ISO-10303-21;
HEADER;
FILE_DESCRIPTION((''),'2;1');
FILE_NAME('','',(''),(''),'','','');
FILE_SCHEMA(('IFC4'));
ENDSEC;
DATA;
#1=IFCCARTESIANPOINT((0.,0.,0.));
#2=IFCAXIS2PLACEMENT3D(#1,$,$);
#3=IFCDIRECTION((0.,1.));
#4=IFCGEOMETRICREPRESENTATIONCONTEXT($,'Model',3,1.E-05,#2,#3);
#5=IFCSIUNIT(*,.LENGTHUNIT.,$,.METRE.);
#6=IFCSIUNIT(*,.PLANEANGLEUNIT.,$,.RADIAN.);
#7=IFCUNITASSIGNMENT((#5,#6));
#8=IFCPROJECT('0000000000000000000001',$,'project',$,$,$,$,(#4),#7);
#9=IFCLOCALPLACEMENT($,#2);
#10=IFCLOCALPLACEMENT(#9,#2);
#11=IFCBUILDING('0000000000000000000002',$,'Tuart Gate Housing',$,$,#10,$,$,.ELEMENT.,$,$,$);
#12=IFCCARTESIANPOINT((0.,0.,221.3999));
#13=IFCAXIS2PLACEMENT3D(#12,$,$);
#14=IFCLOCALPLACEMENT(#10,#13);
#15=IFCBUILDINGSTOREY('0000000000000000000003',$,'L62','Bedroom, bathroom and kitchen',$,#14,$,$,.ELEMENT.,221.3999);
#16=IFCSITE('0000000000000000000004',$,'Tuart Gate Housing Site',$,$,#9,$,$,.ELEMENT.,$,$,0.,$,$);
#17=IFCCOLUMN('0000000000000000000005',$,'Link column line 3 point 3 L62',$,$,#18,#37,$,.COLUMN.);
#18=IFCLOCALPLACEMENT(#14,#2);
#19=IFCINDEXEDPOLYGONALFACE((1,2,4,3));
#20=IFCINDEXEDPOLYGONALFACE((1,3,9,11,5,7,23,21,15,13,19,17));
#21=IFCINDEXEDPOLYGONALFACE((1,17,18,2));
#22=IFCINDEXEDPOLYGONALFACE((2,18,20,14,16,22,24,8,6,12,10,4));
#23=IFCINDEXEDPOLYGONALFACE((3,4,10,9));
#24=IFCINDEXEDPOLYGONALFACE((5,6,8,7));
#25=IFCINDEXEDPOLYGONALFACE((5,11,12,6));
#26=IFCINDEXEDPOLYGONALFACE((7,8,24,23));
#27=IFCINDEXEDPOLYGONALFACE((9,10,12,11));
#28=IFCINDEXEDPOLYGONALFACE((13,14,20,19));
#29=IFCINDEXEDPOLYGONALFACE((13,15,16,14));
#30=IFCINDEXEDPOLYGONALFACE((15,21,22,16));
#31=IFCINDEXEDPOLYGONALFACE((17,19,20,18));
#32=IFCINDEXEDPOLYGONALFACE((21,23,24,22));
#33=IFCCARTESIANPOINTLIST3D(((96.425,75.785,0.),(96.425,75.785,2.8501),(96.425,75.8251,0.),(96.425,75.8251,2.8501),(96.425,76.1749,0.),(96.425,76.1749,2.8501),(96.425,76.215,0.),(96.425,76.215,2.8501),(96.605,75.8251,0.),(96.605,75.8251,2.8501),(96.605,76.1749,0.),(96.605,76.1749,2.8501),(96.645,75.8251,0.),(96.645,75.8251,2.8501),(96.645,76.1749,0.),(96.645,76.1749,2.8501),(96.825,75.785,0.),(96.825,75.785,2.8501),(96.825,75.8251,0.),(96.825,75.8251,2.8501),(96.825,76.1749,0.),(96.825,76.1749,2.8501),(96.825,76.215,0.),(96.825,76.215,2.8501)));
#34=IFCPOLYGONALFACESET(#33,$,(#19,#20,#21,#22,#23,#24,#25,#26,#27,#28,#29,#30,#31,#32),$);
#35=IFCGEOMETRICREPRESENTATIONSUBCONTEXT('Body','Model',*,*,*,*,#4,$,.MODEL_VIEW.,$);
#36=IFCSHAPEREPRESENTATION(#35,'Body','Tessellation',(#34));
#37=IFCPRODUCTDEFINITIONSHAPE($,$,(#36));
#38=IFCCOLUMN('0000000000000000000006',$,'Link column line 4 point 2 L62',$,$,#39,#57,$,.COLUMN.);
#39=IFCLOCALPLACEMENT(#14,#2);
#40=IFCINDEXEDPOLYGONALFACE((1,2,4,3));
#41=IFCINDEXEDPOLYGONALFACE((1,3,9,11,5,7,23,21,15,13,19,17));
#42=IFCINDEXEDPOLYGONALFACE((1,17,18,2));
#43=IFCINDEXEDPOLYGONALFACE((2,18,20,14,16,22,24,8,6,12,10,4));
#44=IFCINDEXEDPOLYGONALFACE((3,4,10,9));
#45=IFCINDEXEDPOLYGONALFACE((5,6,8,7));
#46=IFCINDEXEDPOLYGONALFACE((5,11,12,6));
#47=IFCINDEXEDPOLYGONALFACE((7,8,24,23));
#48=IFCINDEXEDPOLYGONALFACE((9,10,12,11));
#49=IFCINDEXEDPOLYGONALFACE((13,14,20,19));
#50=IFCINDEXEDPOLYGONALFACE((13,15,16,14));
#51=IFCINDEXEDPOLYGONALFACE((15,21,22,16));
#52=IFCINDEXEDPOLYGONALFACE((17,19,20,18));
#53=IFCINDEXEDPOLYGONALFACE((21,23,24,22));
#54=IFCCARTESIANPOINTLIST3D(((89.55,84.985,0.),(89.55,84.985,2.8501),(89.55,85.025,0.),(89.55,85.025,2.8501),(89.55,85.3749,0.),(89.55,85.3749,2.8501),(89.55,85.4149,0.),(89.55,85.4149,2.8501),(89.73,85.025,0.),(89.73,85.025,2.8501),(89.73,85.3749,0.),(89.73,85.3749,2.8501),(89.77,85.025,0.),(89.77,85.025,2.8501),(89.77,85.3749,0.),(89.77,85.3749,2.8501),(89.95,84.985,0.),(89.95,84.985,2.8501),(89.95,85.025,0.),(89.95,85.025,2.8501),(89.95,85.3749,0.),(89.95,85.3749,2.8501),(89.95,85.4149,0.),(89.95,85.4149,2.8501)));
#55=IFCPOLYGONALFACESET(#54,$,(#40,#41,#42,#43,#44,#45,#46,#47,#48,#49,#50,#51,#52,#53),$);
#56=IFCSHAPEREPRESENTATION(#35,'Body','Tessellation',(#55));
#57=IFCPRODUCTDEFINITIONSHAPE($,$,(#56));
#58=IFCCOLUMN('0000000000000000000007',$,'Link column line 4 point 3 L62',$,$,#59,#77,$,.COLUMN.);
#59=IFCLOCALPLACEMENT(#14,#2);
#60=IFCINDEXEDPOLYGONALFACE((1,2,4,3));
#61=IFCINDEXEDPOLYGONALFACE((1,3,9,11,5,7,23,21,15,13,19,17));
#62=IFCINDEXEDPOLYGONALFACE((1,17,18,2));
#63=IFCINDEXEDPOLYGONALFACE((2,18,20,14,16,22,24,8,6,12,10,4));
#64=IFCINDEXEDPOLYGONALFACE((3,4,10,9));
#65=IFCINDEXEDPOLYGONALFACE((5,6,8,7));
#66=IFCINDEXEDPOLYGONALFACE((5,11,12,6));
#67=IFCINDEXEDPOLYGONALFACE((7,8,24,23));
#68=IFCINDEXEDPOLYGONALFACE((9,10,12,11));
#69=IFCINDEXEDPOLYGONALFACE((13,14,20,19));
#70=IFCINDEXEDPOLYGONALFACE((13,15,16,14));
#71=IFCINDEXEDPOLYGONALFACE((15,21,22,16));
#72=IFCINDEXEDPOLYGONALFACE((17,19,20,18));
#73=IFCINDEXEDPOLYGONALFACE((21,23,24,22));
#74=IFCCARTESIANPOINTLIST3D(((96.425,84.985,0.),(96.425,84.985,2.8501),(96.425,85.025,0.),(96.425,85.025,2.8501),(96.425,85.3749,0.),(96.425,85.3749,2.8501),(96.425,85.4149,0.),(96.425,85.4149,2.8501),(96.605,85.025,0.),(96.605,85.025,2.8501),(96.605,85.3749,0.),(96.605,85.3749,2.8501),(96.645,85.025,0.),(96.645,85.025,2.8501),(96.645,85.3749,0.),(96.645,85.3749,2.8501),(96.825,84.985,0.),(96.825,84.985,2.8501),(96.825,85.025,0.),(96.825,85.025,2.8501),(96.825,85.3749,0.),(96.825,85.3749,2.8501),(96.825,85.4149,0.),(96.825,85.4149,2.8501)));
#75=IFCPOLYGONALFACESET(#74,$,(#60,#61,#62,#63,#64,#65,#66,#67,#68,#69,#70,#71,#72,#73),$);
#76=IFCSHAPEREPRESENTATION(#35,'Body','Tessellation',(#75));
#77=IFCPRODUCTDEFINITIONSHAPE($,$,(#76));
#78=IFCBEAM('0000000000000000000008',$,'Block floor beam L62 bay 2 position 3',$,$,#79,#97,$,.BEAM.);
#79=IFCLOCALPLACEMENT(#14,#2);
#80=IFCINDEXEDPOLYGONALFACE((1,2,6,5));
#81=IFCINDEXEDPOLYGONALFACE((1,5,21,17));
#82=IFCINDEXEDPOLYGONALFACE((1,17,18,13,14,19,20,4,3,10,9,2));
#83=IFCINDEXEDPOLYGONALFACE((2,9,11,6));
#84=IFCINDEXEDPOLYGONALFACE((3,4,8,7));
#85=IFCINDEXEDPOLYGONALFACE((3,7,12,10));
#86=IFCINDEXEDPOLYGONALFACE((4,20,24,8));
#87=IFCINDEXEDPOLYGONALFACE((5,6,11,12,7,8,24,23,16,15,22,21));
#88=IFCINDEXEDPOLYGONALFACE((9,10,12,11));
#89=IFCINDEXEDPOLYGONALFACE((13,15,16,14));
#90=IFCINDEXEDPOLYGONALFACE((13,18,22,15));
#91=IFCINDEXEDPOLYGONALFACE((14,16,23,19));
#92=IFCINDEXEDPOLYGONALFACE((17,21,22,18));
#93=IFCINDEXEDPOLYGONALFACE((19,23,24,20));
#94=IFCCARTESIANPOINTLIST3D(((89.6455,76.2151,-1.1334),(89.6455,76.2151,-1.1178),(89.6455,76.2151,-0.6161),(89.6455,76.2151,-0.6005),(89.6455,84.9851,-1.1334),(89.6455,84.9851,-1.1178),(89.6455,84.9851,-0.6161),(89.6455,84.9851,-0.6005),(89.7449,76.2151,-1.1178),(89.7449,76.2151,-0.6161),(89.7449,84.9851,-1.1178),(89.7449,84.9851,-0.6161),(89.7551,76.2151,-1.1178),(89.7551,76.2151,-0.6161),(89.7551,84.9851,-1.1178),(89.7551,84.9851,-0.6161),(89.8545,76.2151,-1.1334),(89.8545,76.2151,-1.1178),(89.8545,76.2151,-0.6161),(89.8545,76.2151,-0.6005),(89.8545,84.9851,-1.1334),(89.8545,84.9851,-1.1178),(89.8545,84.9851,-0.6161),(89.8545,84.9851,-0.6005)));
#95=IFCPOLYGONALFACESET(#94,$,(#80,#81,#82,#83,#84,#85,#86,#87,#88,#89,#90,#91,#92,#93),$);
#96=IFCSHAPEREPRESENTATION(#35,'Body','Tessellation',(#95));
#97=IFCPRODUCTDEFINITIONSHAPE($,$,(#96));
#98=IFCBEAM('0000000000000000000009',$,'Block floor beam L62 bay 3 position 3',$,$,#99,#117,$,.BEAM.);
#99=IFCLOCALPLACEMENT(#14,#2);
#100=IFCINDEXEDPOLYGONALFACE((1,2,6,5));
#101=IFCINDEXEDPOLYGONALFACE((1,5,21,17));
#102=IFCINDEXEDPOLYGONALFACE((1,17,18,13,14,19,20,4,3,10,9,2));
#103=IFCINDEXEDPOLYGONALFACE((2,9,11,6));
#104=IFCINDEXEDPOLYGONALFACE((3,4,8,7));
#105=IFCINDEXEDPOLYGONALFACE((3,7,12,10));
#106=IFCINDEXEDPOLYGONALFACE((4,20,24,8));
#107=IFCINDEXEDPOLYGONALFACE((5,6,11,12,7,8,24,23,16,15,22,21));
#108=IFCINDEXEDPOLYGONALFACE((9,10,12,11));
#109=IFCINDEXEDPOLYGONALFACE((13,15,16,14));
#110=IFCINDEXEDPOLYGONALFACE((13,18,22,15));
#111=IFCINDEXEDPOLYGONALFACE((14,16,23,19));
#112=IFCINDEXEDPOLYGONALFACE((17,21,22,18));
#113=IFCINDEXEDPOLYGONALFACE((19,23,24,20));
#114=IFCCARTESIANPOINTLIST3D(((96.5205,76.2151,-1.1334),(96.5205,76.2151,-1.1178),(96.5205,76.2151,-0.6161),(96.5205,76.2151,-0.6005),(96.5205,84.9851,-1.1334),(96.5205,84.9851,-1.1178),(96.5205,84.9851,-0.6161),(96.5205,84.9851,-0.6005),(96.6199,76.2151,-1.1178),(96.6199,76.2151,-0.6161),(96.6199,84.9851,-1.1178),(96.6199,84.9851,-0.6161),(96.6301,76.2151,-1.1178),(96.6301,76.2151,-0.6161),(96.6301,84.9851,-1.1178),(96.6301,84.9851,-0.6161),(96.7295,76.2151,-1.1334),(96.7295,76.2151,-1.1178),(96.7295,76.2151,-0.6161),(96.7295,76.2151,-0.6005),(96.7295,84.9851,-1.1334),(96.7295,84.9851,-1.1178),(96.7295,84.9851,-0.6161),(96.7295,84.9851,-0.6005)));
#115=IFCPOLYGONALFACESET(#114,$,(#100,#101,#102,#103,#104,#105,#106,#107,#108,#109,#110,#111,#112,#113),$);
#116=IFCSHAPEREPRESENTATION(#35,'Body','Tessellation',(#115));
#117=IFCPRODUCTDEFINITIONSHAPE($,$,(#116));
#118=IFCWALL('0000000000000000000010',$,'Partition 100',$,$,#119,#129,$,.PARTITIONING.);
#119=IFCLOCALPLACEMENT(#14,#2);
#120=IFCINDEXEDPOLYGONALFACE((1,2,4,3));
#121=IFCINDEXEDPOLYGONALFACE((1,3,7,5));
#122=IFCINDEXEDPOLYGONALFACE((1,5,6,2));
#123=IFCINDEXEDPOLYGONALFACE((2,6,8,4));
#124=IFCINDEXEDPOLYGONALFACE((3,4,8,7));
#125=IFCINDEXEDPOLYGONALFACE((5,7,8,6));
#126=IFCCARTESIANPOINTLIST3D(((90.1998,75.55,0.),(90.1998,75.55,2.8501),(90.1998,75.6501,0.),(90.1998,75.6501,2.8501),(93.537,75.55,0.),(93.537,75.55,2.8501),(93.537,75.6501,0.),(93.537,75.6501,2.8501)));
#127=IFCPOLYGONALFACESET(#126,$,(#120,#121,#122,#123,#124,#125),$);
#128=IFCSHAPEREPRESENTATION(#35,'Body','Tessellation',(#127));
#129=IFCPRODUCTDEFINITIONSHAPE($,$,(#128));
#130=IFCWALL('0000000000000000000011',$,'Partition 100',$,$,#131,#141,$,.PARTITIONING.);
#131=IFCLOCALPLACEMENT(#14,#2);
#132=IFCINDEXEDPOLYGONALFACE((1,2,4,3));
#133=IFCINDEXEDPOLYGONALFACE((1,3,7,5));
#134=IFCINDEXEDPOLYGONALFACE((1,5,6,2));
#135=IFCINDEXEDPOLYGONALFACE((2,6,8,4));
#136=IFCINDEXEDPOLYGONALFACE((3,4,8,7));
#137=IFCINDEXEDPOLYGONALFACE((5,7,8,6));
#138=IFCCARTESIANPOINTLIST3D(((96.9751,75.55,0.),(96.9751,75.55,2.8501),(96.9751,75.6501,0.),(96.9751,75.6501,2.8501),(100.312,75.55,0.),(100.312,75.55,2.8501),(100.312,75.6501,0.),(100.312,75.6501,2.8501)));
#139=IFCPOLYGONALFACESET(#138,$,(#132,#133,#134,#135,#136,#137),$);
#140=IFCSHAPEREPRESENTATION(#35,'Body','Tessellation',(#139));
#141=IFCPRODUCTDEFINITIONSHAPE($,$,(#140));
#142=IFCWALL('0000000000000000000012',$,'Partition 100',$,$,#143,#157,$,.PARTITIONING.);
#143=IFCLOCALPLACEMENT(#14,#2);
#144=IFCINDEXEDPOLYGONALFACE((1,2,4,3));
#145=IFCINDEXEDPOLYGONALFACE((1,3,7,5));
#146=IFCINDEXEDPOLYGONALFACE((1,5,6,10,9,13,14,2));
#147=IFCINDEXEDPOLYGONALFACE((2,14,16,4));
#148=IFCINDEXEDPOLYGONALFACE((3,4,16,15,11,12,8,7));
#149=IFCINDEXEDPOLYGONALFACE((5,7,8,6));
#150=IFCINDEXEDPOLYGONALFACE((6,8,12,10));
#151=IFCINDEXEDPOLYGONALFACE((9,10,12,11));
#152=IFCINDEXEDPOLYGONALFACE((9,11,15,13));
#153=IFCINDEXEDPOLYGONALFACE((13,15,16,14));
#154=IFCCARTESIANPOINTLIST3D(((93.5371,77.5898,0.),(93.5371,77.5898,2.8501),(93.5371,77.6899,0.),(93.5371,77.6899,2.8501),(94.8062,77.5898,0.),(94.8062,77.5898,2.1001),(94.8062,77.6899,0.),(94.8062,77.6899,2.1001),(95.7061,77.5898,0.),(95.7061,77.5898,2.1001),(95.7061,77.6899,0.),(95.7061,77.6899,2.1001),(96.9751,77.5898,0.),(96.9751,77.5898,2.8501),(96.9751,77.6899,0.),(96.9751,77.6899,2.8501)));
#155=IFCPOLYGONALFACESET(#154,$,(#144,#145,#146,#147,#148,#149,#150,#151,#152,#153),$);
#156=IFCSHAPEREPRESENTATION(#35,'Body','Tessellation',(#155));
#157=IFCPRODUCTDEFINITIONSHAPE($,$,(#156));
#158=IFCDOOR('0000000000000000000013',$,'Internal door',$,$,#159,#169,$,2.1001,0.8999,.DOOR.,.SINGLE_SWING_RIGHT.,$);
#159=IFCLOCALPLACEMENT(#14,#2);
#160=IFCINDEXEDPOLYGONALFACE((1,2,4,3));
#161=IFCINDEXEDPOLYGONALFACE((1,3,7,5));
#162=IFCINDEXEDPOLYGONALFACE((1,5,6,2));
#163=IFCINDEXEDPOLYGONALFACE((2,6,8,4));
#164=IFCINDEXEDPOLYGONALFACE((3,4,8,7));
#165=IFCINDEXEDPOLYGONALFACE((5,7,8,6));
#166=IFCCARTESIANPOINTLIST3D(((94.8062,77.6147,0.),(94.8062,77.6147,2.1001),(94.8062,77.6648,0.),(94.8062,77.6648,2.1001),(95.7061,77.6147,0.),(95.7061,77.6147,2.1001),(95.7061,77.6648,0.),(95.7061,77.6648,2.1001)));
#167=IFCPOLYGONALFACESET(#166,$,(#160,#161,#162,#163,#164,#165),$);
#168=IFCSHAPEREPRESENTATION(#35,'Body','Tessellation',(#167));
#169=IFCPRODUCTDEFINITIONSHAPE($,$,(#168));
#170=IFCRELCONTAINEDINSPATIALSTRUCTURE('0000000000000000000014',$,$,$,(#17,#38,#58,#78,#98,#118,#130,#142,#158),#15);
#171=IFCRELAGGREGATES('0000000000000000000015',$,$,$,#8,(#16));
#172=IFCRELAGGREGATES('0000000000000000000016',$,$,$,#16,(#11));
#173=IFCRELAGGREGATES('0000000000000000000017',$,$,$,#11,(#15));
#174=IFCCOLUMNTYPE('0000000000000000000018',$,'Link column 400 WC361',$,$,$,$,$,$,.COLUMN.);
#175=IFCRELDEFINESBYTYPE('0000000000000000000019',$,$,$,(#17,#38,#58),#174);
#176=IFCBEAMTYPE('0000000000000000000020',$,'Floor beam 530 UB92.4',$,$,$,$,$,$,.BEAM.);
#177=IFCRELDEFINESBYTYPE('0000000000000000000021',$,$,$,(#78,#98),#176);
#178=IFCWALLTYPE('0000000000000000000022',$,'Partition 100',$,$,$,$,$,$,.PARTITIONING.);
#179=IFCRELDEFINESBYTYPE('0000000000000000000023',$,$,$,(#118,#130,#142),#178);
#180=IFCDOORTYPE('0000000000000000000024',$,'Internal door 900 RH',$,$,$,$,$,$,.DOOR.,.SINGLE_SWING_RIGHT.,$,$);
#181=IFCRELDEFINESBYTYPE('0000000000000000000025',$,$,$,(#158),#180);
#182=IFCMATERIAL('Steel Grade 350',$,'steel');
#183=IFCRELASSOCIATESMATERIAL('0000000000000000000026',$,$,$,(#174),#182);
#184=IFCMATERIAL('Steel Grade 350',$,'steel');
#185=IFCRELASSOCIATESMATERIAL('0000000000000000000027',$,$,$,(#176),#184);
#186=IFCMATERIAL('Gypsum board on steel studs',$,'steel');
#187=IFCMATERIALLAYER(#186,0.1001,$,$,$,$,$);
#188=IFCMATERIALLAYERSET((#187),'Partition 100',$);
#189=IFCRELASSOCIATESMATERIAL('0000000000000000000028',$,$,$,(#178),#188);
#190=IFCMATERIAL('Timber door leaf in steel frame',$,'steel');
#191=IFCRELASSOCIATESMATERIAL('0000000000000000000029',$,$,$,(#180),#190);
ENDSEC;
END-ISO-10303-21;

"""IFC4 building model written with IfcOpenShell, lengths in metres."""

from ifc_helpers import new_model, si_unit, direction, frame, frame_2d, origin, origin_2d, place, context, subcontext, project, spatial, rectangle, i_section, extrude, material, layer, layer_set, material_profile, profile_set, type_object, element, fill, save


model = new_model("IFC4")

# Units and contexts
model_context = context("Model", 3, precision=1e-05, world=origin(), true_north=direction((0.0, 1.0)))
body_context = subcontext(model_context, "Body", "Model", "MODEL_VIEW")
ifc_project = project(units=[si_unit("LENGTHUNIT", "METRE"), si_unit("PLANEANGLEUNIT", "RADIAN")], contexts=[model_context])

# Site, building, storey
site_placement = place(None, origin())
site = spatial("IfcSite", under=ifc_project, at=site_placement, Name="Tuart Gate Housing Site", CompositionType="ELEMENT", RefElevation=0.0)
building_placement = place(site_placement, origin())
building = spatial("IfcBuilding", under=site, at=building_placement, Name="Tuart Gate Housing", CompositionType="ELEMENT")
storey_placement = place(building_placement, frame((0.0, 0.0, 221.3999)))
storey = spatial("IfcBuildingStorey", under=building, at=storey_placement, Name="L62", Description="Bedroom, bathroom and kitchen", CompositionType="ELEMENT", Elevation=221.3999)

# Columns
ifc_material_1 = material(Name="Steel Grade 350", Category="steel")
ifc_material_profile_1 = material_profile(ifc_material_1, i_section(OverallWidth=0.3999, OverallDepth=0.4299, WebThickness=0.04, FlangeThickness=0.04, at=origin_2d()), Name="400WC361")
ifc_profile_set_1 = profile_set([ifc_material_profile_1], Name="Steel Grade 350")
column_type = type_object("IfcColumnType", Name="Link column 400 WC361", PredefinedType="COLUMN", material=ifc_profile_set_1)
for number, where, z_axis, x_axis, name in (
    (1, (96.625, 76.0, 0.0), (0.0, 0.0, 1.0), (1.0, 0.0, 0.0), "Link column line 3 point 3 L62"),
    (2, (89.75, 85.2, 0.0), (0.0, 0.0, 1.0), (1.0, 0.0, 0.0), "Link column line 4 point 2 L62"),
    (3, (96.625, 85.2, 0.0), (0.0, 0.0, 1.0), (1.0, 0.0, 0.0), "Link column line 4 point 3 L62"),
):
    element("IfcColumn", number, at=place(storey_placement, frame(where, z_axis=z_axis, x_axis=x_axis)), inside=storey, type_object=column_type, Name=name, PredefinedType="COLUMN", context=body_context, shape_type="SweptSolid", body=[
        extrude(i_section(OverallWidth=0.3999, OverallDepth=0.4299, WebThickness=0.04, FlangeThickness=0.04, at=origin_2d()), origin(), (0.0, 0.0, 1.0), 2.8501),
    ])

# Beams
ifc_material_2 = material(Name="Steel Grade 350", Category="steel")
ifc_material_profile_2 = material_profile(ifc_material_2, i_section(OverallWidth=0.209, OverallDepth=0.533, WebThickness=0.0103, FlangeThickness=0.0156, at=origin_2d()), Name="530UB92.4")
ifc_profile_set_2 = profile_set([ifc_material_profile_2], Name="Steel Grade 350")
beam_type = type_object("IfcBeamType", Name="Floor beam 530 UB92.4", PredefinedType="BEAM", material=ifc_profile_set_2)
for number, where, z_axis, x_axis, name in (
    (4, (89.75, 76.2151, -0.8669), (0.0, 1.0, 0.0), (-1.0, 0.0, 0.0), "Block floor beam L62 bay 2 position 3"),
    (5, (96.625, 76.2151, -0.8669), (0.0, 1.0, 0.0), (-1.0, 0.0, 0.0), "Block floor beam L62 bay 3 position 3"),
):
    element("IfcBeam", number, at=place(storey_placement, frame(where, z_axis=z_axis, x_axis=x_axis)), inside=storey, type_object=beam_type, Name=name, PredefinedType="BEAM", context=body_context, shape_type="SweptSolid", body=[
        extrude(i_section(OverallWidth=0.209, OverallDepth=0.533, WebThickness=0.0103, FlangeThickness=0.0156, at=origin_2d()), origin(), (0.0, 0.0, 1.0), 8.77),
    ])

# Walls
ifc_material_3 = material(Name="Gypsum board on steel studs", Category="steel")
ifc_layer_1 = layer(ifc_material_3, 0.1001)
ifc_layer_set_1 = layer_set([ifc_layer_1], Name="Partition 100")
wall_type_1 = type_object("IfcWallType", Name="Partition 100", PredefinedType="PARTITIONING", material=ifc_layer_set_1)
wall_1_placement = place(storey_placement, frame((90.2, 75.6001, 0.0), z_axis=(0.0, 0.0, 1.0), x_axis=(1.0, 0.0, 0.0)))
element("IfcWall", 6, at=wall_1_placement, inside=storey, type_object=wall_type_1, Name="Partition 100", PredefinedType="PARTITIONING", context=body_context, shape_type="SweptSolid", body=[
    extrude(rectangle(XDim=3.3372, YDim=0.1001, at=frame_2d((1.6685, 0.0))), origin(), (0.0, 0.0, 1.0), 2.8501),
])
wall_2_placement = place(storey_placement, frame((96.9751, 75.6001, 0.0), z_axis=(0.0, 0.0, 1.0), x_axis=(1.0, 0.0, 0.0)))
element("IfcWall", 7, at=wall_2_placement, inside=storey, type_object=wall_type_1, Name="Partition 100", PredefinedType="PARTITIONING", context=body_context, shape_type="SweptSolid", body=[
    extrude(rectangle(XDim=3.3369, YDim=0.1001, at=frame_2d((1.6685, 0.0))), origin(), (0.0, 0.0, 1.0), 2.8501),
])

# Wall, opening, door
wall_3_placement = place(storey_placement, frame((93.5371, 77.6399, 0.0), z_axis=(0.0, 0.0, 1.0), x_axis=(1.0, 0.0, 0.0)))
wall_3 = element("IfcWall", 8, at=wall_3_placement, inside=storey, type_object=wall_type_1, Name="Partition 100", PredefinedType="PARTITIONING", context=body_context, shape_type="SweptSolid", body=[
    extrude(rectangle(XDim=3.438, YDim=0.1001, at=frame_2d((1.719, 0.0))), origin(), (0.0, 0.0, 1.0), 2.8501),
])
opening_1_placement = place(wall_3_placement, frame((1.269, 0.0, 0.0)))
opening_1 = element("IfcOpeningElement", 9, at=opening_1_placement, cuts=wall_3, PredefinedType="OPENING", context=body_context, shape_type="SweptSolid", body=[
    extrude(rectangle(XDim=0.8999, YDim=2.1001, at=frame_2d((0.45, 1.05))), frame((0.0, 0.0601, 0.0), z_axis=(0.0, -1.0, 0.0), x_axis=(1.0, 0.0, 0.0)), (0.0, 0.0, 1.0), 0.1201),
])
ifc_material_4 = material(Name="Timber door leaf in steel frame", Category="steel")
door_type_1 = type_object("IfcDoorType", Name="Internal door 900 RH", OperationType="SINGLE_SWING_RIGHT", PredefinedType="DOOR", material=ifc_material_4)
door_1_placement = place(opening_1_placement, frame((0.8999, 0.0, 0.0), z_axis=(0.0, 0.0, 1.0), x_axis=(-1.0, 0.0, 0.0)))
door_1 = element("IfcDoor", 10, at=door_1_placement, inside=storey, type_object=door_type_1, Name="Internal door", OperationType="SINGLE_SWING_RIGHT", OverallHeight=2.1001, OverallWidth=0.8999, PredefinedType="DOOR", context=body_context, shape_type="SweptSolid", body=[
    extrude(rectangle(XDim=0.8999, YDim=2.1001, at=frame_2d((0.45, 1.05))), frame((0.0, 0.0251, 0.0), z_axis=(0.0, -1.0, 0.0), x_axis=(1.0, 0.0, 0.0)), (0.0, 0.0, 1.0), 0.05),
])
fill(opening_1, door_1)

save(model, "model.ifc")
